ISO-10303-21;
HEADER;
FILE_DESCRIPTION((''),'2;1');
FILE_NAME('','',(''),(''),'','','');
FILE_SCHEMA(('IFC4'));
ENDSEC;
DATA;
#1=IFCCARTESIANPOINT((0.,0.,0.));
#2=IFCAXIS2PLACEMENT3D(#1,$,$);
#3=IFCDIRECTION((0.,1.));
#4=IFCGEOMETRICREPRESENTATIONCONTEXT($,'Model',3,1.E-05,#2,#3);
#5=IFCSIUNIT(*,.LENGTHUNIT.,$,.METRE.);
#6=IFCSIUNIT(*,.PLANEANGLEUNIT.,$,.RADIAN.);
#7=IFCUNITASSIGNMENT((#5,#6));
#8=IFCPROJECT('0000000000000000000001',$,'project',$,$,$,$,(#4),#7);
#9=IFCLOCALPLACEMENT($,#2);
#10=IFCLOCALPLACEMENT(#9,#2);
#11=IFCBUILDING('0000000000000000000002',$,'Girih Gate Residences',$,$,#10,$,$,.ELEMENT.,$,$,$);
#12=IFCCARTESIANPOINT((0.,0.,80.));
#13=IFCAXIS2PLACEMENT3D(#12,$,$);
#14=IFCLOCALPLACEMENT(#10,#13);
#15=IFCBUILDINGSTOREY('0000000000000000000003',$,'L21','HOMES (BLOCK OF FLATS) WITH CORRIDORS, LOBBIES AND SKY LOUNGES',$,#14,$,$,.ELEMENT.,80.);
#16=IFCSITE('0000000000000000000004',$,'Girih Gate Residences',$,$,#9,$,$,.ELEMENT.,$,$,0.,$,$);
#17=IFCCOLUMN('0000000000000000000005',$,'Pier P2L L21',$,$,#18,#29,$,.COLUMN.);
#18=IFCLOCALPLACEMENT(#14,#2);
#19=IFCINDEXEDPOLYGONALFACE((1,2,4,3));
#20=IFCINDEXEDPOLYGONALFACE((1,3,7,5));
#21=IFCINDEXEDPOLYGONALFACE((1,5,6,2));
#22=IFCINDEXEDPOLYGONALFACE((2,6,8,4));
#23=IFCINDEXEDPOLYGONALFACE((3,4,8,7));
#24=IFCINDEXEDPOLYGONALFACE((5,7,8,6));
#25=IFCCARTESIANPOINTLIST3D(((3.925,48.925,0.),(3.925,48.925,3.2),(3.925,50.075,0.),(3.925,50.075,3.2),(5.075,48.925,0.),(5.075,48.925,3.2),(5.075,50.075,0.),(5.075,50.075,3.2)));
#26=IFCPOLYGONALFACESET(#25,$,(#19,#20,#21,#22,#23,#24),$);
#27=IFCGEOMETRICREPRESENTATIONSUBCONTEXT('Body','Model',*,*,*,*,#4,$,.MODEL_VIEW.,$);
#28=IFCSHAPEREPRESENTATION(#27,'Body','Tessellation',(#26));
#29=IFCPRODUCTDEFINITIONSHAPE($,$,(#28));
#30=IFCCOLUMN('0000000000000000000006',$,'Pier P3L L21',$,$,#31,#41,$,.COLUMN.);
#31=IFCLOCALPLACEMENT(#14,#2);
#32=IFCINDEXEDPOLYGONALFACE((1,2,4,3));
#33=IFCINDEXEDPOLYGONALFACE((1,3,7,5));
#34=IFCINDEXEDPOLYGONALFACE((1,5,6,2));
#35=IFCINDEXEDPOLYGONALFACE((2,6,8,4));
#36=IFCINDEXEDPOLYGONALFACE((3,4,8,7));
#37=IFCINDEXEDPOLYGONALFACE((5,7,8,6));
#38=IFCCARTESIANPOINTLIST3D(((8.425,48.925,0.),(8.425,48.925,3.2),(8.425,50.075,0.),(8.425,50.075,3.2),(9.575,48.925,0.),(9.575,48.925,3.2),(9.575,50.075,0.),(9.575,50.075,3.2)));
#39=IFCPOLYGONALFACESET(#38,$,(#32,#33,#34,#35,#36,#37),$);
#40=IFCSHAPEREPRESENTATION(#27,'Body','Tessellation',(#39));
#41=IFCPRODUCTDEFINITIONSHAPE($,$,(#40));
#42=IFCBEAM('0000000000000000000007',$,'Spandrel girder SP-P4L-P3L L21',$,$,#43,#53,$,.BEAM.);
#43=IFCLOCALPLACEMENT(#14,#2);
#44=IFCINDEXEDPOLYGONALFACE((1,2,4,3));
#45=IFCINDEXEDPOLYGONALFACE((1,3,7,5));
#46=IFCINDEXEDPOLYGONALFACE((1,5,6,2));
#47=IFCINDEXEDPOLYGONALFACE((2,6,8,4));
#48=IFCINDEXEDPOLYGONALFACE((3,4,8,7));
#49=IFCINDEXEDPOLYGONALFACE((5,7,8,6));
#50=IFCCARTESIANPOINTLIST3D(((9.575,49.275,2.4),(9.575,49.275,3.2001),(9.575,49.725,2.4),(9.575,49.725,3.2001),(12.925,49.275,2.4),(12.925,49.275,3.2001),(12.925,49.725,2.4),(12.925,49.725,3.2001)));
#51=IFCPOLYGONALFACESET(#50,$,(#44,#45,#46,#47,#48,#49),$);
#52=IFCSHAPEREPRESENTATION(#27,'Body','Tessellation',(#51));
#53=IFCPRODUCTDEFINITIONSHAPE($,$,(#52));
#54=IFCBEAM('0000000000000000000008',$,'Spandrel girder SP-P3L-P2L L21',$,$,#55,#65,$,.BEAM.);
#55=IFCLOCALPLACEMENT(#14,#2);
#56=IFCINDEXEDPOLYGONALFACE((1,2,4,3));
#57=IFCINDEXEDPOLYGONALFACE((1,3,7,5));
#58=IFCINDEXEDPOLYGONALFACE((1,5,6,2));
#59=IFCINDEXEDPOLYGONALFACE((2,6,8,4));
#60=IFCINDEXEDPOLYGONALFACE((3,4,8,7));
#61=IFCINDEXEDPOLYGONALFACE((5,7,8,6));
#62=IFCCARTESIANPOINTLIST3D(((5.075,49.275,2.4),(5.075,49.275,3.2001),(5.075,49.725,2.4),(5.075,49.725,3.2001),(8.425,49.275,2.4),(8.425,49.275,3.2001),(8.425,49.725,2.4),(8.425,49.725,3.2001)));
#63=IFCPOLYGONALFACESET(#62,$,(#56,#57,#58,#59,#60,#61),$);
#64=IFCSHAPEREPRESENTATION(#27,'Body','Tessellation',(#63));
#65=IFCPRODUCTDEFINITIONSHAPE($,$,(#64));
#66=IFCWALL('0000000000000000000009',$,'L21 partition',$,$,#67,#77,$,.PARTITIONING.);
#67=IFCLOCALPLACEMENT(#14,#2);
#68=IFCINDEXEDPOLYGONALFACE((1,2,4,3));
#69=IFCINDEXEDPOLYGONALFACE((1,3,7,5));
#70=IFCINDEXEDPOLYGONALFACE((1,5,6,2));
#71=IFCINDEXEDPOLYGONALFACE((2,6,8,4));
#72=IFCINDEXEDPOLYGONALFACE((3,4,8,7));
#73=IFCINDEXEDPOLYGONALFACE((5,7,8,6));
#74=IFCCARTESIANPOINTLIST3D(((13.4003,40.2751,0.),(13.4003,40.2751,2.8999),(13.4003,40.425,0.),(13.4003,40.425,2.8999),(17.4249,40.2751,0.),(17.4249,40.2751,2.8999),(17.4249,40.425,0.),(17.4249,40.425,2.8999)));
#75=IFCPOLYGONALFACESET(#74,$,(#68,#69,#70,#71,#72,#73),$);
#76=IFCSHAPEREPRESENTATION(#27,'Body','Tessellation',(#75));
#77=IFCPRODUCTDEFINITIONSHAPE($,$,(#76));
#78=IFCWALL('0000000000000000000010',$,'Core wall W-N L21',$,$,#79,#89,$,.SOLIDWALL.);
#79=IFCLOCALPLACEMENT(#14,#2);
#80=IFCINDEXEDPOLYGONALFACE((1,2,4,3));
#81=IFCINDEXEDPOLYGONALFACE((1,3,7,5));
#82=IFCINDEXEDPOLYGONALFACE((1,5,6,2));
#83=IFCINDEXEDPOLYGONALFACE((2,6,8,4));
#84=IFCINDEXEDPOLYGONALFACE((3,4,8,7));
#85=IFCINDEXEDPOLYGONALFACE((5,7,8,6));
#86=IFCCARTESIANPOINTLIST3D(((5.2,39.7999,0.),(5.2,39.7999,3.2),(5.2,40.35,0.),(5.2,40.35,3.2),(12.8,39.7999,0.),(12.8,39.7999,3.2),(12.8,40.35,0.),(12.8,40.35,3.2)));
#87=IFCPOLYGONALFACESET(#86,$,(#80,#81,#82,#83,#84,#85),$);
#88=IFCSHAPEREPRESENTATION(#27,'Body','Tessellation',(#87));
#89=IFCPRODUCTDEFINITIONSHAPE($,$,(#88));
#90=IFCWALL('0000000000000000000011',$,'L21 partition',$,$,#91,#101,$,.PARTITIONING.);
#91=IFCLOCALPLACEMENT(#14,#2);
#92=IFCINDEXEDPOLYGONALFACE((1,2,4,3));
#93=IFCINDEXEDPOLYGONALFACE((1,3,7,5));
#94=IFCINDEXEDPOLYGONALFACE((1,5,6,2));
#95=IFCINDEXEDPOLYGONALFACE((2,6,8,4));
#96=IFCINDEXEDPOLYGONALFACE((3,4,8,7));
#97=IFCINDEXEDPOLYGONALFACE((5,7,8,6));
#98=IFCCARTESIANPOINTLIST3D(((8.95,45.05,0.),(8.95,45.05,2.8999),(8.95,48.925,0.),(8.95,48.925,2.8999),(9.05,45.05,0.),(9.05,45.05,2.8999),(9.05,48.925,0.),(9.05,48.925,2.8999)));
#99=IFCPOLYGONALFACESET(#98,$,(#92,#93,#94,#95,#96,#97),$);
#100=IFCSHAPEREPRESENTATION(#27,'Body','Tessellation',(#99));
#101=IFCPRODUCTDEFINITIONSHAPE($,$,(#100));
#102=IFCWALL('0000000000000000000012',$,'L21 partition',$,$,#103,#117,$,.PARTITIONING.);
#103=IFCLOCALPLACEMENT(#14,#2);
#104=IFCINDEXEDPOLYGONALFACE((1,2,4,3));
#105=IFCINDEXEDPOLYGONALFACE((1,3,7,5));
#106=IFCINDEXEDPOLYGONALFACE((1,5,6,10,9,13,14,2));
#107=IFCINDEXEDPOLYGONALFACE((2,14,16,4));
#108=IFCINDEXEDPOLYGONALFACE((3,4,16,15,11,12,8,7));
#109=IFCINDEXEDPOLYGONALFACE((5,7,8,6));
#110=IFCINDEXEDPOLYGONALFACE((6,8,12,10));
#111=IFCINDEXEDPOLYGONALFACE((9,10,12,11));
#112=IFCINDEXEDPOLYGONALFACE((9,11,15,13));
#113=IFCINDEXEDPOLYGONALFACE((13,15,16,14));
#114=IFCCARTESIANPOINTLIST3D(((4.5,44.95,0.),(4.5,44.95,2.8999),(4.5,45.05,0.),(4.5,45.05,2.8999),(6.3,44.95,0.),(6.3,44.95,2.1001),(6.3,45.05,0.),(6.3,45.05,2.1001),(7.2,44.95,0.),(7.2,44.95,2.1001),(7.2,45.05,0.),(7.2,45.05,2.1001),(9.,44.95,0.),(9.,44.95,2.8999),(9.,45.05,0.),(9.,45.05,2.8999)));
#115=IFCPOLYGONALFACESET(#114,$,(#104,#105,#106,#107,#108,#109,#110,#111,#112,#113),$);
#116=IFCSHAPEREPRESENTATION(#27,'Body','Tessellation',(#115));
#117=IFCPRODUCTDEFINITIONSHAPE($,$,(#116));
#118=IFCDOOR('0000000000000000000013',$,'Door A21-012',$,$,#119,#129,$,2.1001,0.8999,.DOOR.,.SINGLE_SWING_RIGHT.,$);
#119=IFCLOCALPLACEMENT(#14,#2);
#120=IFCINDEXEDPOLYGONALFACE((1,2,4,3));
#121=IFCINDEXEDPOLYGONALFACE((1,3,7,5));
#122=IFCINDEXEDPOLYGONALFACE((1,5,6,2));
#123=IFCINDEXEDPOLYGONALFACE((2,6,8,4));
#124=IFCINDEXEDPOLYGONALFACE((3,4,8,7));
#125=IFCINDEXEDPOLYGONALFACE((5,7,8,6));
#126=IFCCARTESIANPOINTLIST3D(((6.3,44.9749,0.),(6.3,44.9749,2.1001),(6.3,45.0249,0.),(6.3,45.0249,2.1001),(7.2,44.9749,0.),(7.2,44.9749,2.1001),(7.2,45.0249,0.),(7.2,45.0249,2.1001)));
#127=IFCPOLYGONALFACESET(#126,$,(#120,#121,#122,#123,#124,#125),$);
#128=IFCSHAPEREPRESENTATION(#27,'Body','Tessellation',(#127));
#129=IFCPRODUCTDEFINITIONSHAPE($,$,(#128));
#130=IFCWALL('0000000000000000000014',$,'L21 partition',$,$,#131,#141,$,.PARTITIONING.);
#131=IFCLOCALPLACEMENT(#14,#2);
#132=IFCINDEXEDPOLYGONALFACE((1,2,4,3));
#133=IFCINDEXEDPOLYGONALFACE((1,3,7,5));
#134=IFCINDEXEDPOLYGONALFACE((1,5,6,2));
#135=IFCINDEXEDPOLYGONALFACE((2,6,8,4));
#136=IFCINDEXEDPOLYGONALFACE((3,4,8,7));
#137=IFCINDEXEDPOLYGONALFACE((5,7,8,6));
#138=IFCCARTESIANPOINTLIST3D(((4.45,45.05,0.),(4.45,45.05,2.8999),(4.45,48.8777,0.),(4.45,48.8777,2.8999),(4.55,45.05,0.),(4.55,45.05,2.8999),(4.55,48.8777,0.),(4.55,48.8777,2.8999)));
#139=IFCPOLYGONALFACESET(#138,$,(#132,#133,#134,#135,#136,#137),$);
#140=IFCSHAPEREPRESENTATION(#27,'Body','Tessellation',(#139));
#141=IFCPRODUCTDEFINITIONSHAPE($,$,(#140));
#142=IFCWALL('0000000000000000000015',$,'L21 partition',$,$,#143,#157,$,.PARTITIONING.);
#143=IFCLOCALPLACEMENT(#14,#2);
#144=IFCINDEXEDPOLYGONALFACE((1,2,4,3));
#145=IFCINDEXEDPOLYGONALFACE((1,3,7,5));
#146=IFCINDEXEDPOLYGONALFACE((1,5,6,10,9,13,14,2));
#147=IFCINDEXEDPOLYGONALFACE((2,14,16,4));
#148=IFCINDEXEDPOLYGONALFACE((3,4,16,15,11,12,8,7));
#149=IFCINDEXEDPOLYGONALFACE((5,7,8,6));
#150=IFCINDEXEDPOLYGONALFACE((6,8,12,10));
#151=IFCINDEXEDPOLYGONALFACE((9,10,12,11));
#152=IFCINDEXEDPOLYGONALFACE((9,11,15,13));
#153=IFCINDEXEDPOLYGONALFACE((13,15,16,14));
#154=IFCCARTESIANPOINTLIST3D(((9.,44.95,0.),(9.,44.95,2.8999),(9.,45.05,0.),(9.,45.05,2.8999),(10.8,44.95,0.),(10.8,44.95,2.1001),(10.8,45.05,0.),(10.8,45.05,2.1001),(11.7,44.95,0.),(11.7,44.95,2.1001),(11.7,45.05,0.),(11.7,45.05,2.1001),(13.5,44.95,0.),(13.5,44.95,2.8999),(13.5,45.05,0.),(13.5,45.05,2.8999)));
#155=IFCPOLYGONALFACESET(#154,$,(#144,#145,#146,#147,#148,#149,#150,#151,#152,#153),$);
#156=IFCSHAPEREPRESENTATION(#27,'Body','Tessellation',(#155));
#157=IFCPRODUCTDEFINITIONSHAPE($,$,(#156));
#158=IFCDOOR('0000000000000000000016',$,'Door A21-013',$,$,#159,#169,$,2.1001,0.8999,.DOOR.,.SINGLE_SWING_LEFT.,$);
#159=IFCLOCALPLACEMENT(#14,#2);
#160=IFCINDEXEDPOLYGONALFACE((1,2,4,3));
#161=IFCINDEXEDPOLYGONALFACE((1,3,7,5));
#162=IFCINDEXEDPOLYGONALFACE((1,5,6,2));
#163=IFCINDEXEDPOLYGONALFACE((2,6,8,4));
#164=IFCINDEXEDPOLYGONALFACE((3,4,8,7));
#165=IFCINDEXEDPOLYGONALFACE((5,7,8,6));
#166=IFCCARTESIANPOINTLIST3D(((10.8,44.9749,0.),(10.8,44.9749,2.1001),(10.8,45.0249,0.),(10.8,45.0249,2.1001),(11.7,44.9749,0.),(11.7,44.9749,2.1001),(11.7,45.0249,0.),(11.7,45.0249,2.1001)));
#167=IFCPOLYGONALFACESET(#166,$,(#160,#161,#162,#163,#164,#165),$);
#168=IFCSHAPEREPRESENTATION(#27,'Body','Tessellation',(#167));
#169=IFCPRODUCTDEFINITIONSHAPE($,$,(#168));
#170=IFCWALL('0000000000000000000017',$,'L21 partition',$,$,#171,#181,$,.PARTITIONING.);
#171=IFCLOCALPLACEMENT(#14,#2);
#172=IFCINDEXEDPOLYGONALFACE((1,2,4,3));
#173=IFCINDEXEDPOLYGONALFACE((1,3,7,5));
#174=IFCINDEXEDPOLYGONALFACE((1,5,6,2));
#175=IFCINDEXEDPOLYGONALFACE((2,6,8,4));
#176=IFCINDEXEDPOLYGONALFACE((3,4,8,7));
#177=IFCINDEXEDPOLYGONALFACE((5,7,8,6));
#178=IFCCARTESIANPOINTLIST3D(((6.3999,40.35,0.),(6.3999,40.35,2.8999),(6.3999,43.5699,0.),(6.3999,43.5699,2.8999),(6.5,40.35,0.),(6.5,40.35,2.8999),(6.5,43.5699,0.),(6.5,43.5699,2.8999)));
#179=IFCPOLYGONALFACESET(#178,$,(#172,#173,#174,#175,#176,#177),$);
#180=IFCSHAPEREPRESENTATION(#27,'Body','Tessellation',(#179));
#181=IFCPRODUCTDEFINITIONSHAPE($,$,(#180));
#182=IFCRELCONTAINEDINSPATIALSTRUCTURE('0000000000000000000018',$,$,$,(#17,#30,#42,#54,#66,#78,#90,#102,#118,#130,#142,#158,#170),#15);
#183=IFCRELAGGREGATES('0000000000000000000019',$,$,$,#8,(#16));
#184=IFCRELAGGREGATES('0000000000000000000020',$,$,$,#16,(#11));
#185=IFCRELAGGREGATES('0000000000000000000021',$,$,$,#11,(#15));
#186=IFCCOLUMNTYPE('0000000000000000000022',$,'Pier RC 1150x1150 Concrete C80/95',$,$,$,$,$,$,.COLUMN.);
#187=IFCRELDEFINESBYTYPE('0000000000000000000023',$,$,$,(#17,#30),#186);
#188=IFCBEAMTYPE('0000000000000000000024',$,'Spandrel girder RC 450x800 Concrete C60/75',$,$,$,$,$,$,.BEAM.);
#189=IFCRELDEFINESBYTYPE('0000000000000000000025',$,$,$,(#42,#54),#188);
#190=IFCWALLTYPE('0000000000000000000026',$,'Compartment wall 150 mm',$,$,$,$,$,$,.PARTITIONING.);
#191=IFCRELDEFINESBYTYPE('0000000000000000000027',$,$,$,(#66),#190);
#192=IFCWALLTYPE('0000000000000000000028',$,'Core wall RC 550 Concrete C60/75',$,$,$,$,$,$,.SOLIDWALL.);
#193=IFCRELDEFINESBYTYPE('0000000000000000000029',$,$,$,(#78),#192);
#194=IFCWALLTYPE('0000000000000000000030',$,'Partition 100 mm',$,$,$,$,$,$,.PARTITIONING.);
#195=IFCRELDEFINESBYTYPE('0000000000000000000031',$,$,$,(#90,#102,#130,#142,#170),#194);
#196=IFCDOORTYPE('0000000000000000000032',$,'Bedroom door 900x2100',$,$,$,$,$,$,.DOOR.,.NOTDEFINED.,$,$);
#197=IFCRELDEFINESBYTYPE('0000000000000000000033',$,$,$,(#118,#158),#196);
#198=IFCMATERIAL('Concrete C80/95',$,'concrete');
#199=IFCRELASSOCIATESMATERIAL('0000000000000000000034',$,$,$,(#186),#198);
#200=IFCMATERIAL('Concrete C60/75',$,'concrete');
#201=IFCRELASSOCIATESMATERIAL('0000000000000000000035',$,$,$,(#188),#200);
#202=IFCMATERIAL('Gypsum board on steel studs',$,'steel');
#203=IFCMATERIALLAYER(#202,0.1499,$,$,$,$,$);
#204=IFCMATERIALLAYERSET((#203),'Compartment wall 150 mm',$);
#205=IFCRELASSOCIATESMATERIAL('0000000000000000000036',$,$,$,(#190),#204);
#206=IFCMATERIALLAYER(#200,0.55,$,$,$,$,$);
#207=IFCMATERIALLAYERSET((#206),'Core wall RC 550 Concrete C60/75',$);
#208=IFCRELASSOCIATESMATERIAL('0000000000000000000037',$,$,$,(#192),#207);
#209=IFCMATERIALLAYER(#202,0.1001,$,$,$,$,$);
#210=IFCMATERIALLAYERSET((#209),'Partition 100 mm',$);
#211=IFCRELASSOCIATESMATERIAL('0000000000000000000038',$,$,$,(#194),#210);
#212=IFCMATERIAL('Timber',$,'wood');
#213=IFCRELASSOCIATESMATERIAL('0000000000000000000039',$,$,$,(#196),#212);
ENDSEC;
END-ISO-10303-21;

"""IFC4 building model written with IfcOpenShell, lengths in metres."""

from ifc_helpers import new_model, si_unit, direction, frame, frame_2d, origin, origin_2d, place, context, subcontext, project, spatial, rectangle, extrude, material, layer, layer_set, material_profile, profile_set, type_object, element, fill, save


model = new_model("IFC4")

# Units and contexts
model_context = context("Model", 3, precision=1e-05, world=origin(), true_north=direction((0.0, 1.0)))
body_context = subcontext(model_context, "Body", "Model", "MODEL_VIEW")
ifc_project = project(units=[si_unit("LENGTHUNIT", "METRE"), si_unit("PLANEANGLEUNIT", "RADIAN")], contexts=[model_context])

# Site, building, storey
site_placement = place(None, origin())
site = spatial("IfcSite", under=ifc_project, at=site_placement, Name="Girih Gate Residences", CompositionType="ELEMENT", RefElevation=0.0)
building_placement = place(site_placement, origin())
building = spatial("IfcBuilding", under=site, at=building_placement, Name="Girih Gate Residences", CompositionType="ELEMENT")
storey_placement = place(building_placement, frame((0.0, 0.0, 80.0)))
storey = spatial("IfcBuildingStorey", under=building, at=storey_placement, Name="L21", Description="HOMES (BLOCK OF FLATS) WITH CORRIDORS, LOBBIES AND SKY LOUNGES", CompositionType="ELEMENT", Elevation=80.0)

# Columns
ifc_material_1 = material(Name="Concrete C80/95", Category="concrete")
ifc_material_profile_1 = material_profile(ifc_material_1, rectangle(XDim=1.1499, YDim=1.1499, at=origin_2d()))
ifc_profile_set_1 = profile_set([ifc_material_profile_1], Name="Concrete C80/95")
column_type = type_object("IfcColumnType", Name="Pier RC 1150x1150 Concrete C80/95", PredefinedType="COLUMN", material=ifc_profile_set_1)
for number, where, z_axis, x_axis, name in (
    (1, (4.5, 49.5, 0.0), (0.0, 0.0, 1.0), (1.0, 0.0, 0.0), "Pier P2L L21"),
    (2, (9.0, 49.5, 0.0), (0.0, 0.0, 1.0), (1.0, 0.0, 0.0), "Pier P3L L21"),
):
    element("IfcColumn", number, at=place(storey_placement, frame(where, z_axis=z_axis, x_axis=x_axis)), inside=storey, type_object=column_type, Name=name, PredefinedType="COLUMN", context=body_context, shape_type="SweptSolid", body=[
        extrude(rectangle(XDim=1.1499, YDim=1.1499, at=origin_2d()), origin(), (0.0, 0.0, 1.0), 3.2),
    ])

# Beams
ifc_material_2 = material(Name="Concrete C60/75", Category="concrete")
ifc_material_profile_2 = material_profile(ifc_material_2, rectangle(XDim=0.45, YDim=0.8, at=origin_2d()))
ifc_profile_set_2 = profile_set([ifc_material_profile_2], Name="Concrete C60/75")
beam_type = type_object("IfcBeamType", Name="Spandrel girder RC 450x800 Concrete C60/75", PredefinedType="BEAM", material=ifc_profile_set_2)
for number, where, z_axis, x_axis, name in (
    (3, (12.925, 49.5, 2.8), (-1.0, 0.0, 0.0), (0.0, -1.0, 0.0), "Spandrel girder SP-P4L-P3L L21"),
    (4, (8.425, 49.5, 2.8), (-1.0, 0.0, 0.0), (0.0, -1.0, 0.0), "Spandrel girder SP-P3L-P2L L21"),
):
    element("IfcBeam", number, at=place(storey_placement, frame(where, z_axis=z_axis, x_axis=x_axis)), inside=storey, type_object=beam_type, Name=name, PredefinedType="BEAM", context=body_context, shape_type="SweptSolid", body=[
        extrude(rectangle(XDim=0.45, YDim=0.8, at=origin_2d()), origin(), (0.0, 0.0, 1.0), 3.3501),
    ])

# Walls
ifc_material_3 = material(Name="Gypsum board on steel studs", Category="steel")
ifc_layer_1 = layer(ifc_material_3, 0.1499)
ifc_layer_set_1 = layer_set([ifc_layer_1], Name="Compartment wall 150 mm")
wall_type_1 = type_object("IfcWallType", Name="Compartment wall 150 mm", PredefinedType="PARTITIONING", material=ifc_layer_set_1)
wall_1_placement = place(storey_placement, frame((13.4004, 40.3501, 0.0), z_axis=(0.0, 0.0, 1.0), x_axis=(1.0, 0.0, 0.0)))
element("IfcWall", 5, at=wall_1_placement, inside=storey, type_object=wall_type_1, Name="L21 partition", PredefinedType="PARTITIONING", context=body_context, shape_type="SweptSolid", body=[
    extrude(rectangle(XDim=4.0247, YDim=0.1499, at=frame_2d((2.0122, 0.0))), origin(), (0.0, 0.0, 1.0), 2.8999),
])
ifc_layer_2 = layer(ifc_material_2, 0.55)
ifc_layer_set_2 = layer_set([ifc_layer_2], Name="Core wall RC 550 Concrete C60/75")
wall_type_2 = type_object("IfcWallType", Name="Core wall RC 550 Concrete C60/75", PredefinedType="SOLIDWALL", material=ifc_layer_set_2)
wall_2_placement = place(storey_placement, frame((5.2, 40.075, 0.0), z_axis=(0.0, 0.0, 1.0), x_axis=(1.0, 0.0, 0.0)))
element("IfcWall", 6, at=wall_2_placement, inside=storey, type_object=wall_type_2, Name="Core wall W-N L21", PredefinedType="SOLIDWALL", context=body_context, shape_type="SweptSolid", body=[
    extrude(rectangle(XDim=7.6001, YDim=0.55, at=frame_2d((3.8, 0.0))), origin(), (0.0, 0.0, 1.0), 3.2),
])
ifc_layer_3 = layer(ifc_material_3, 0.1001)
ifc_layer_set_3 = layer_set([ifc_layer_3], Name="Partition 100 mm")
wall_type_3 = type_object("IfcWallType", Name="Partition 100 mm", PredefinedType="PARTITIONING", material=ifc_layer_set_3)
wall_3_placement = place(storey_placement, frame((9.0, 45.05, 0.0), z_axis=(0.0, 0.0, 1.0), x_axis=(0.0, 1.0, 0.0)))
element("IfcWall", 7, at=wall_3_placement, inside=storey, type_object=wall_type_3, Name="L21 partition", PredefinedType="PARTITIONING", context=body_context, shape_type="SweptSolid", body=[
    extrude(rectangle(XDim=3.875, YDim=0.1001, at=frame_2d((1.9375, 0.0))), origin(), (0.0, 0.0, 1.0), 2.8999),
])

# Wall, opening, door
wall_4_placement = place(storey_placement, frame((4.5, 45.0, 0.0), z_axis=(0.0, 0.0, 1.0), x_axis=(1.0, 0.0, 0.0)))
wall_4 = element("IfcWall", 8, at=wall_4_placement, inside=storey, type_object=wall_type_3, Name="L21 partition", PredefinedType="PARTITIONING", context=body_context, shape_type="SweptSolid", body=[
    extrude(rectangle(XDim=4.5, YDim=0.1001, at=frame_2d((2.25, 0.0))), origin(), (0.0, 0.0, 1.0), 2.8999),
])
opening_1_placement = place(wall_4_placement, frame((1.8, 0.0, 0.0)))
opening_1 = element("IfcOpeningElement", 9, at=opening_1_placement, cuts=wall_4, PredefinedType="OPENING", context=body_context, shape_type="SweptSolid", body=[
    extrude(rectangle(XDim=0.8999, YDim=2.1001, at=frame_2d((0.45, 1.05))), frame((0.0, 0.0601, 0.0), z_axis=(0.0, -1.0, 0.0), x_axis=(1.0, 0.0, 0.0)), (0.0, 0.0, 1.0), 0.1201),
])
ifc_material_4 = material(Name="Timber", Category="wood")
door_type = type_object("IfcDoorType", Name="Bedroom door 900x2100", OperationType="NOTDEFINED", PredefinedType="DOOR", material=ifc_material_4)
door_1_placement = place(opening_1_placement, origin())
door_1 = element("IfcDoor", 10, at=door_1_placement, inside=storey, type_object=door_type, Name="Door A21-012", OperationType="SINGLE_SWING_RIGHT", OverallHeight=2.1001, OverallWidth=0.8999, PredefinedType="DOOR", context=body_context, shape_type="SweptSolid", body=[
    extrude(rectangle(XDim=0.8999, YDim=2.1001, at=frame_2d((0.45, 1.05))), frame((0.0, 0.0249, 0.0), z_axis=(0.0, -1.0, 0.0), x_axis=(1.0, 0.0, 0.0)), (0.0, 0.0, 1.0), 0.05),
])
fill(opening_1, door_1)

# Wall
wall_5_placement = place(storey_placement, frame((4.5, 45.05, 0.0), z_axis=(0.0, 0.0, 1.0), x_axis=(0.0, 1.0, 0.0)))
element("IfcWall", 11, at=wall_5_placement, inside=storey, type_object=wall_type_3, Name="L21 partition", PredefinedType="PARTITIONING", context=body_context, shape_type="SweptSolid", body=[
    extrude(rectangle(XDim=3.8276, YDim=0.1001, at=frame_2d((1.9138, 0.0))), origin(), (0.0, 0.0, 1.0), 2.8999),
])

# Wall, opening, door
wall_6_placement = place(storey_placement, frame((9.0, 45.0, 0.0), z_axis=(0.0, 0.0, 1.0), x_axis=(1.0, 0.0, 0.0)))
wall_6 = element("IfcWall", 12, at=wall_6_placement, inside=storey, type_object=wall_type_3, Name="L21 partition", PredefinedType="PARTITIONING", context=body_context, shape_type="SweptSolid", body=[
    extrude(rectangle(XDim=4.5, YDim=0.1001, at=frame_2d((2.25, 0.0))), origin(), (0.0, 0.0, 1.0), 2.8999),
])
opening_2_placement = place(wall_6_placement, frame((1.8, 0.0, 0.0)))
opening_2 = element("IfcOpeningElement", 13, at=opening_2_placement, cuts=wall_6, PredefinedType="OPENING", context=body_context, shape_type="SweptSolid", body=[
    extrude(rectangle(XDim=0.8999, YDim=2.1001, at=frame_2d((0.45, 1.05))), frame((0.0, 0.0601, 0.0), z_axis=(0.0, -1.0, 0.0), x_axis=(1.0, 0.0, 0.0)), (0.0, 0.0, 1.0), 0.1201),
])
door_2_placement = place(opening_2_placement, origin())
door_2 = element("IfcDoor", 14, at=door_2_placement, inside=storey, type_object=door_type, Name="Door A21-013", OperationType="SINGLE_SWING_LEFT", OverallHeight=2.1001, OverallWidth=0.8999, PredefinedType="DOOR", context=body_context, shape_type="SweptSolid", body=[
    extrude(rectangle(XDim=0.8999, YDim=2.1001, at=frame_2d((0.45, 1.05))), frame((0.0, 0.0249, 0.0), z_axis=(0.0, -1.0, 0.0), x_axis=(1.0, 0.0, 0.0)), (0.0, 0.0, 1.0), 0.05),
])
fill(opening_2, door_2)

# Wall
wall_7_placement = place(storey_placement, frame((6.45, 40.3501, 0.0), z_axis=(0.0, 0.0, 1.0), x_axis=(0.0, 1.0, 0.0)))
element("IfcWall", 15, at=wall_7_placement, inside=storey, type_object=wall_type_3, Name="L21 partition", PredefinedType="PARTITIONING", context=body_context, shape_type="SweptSolid", body=[
    extrude(rectangle(XDim=3.22, YDim=0.1001, at=frame_2d((1.6099, 0.0))), origin(), (0.0, 0.0, 1.0), 2.8999),
])

save(model, "model.ifc")
